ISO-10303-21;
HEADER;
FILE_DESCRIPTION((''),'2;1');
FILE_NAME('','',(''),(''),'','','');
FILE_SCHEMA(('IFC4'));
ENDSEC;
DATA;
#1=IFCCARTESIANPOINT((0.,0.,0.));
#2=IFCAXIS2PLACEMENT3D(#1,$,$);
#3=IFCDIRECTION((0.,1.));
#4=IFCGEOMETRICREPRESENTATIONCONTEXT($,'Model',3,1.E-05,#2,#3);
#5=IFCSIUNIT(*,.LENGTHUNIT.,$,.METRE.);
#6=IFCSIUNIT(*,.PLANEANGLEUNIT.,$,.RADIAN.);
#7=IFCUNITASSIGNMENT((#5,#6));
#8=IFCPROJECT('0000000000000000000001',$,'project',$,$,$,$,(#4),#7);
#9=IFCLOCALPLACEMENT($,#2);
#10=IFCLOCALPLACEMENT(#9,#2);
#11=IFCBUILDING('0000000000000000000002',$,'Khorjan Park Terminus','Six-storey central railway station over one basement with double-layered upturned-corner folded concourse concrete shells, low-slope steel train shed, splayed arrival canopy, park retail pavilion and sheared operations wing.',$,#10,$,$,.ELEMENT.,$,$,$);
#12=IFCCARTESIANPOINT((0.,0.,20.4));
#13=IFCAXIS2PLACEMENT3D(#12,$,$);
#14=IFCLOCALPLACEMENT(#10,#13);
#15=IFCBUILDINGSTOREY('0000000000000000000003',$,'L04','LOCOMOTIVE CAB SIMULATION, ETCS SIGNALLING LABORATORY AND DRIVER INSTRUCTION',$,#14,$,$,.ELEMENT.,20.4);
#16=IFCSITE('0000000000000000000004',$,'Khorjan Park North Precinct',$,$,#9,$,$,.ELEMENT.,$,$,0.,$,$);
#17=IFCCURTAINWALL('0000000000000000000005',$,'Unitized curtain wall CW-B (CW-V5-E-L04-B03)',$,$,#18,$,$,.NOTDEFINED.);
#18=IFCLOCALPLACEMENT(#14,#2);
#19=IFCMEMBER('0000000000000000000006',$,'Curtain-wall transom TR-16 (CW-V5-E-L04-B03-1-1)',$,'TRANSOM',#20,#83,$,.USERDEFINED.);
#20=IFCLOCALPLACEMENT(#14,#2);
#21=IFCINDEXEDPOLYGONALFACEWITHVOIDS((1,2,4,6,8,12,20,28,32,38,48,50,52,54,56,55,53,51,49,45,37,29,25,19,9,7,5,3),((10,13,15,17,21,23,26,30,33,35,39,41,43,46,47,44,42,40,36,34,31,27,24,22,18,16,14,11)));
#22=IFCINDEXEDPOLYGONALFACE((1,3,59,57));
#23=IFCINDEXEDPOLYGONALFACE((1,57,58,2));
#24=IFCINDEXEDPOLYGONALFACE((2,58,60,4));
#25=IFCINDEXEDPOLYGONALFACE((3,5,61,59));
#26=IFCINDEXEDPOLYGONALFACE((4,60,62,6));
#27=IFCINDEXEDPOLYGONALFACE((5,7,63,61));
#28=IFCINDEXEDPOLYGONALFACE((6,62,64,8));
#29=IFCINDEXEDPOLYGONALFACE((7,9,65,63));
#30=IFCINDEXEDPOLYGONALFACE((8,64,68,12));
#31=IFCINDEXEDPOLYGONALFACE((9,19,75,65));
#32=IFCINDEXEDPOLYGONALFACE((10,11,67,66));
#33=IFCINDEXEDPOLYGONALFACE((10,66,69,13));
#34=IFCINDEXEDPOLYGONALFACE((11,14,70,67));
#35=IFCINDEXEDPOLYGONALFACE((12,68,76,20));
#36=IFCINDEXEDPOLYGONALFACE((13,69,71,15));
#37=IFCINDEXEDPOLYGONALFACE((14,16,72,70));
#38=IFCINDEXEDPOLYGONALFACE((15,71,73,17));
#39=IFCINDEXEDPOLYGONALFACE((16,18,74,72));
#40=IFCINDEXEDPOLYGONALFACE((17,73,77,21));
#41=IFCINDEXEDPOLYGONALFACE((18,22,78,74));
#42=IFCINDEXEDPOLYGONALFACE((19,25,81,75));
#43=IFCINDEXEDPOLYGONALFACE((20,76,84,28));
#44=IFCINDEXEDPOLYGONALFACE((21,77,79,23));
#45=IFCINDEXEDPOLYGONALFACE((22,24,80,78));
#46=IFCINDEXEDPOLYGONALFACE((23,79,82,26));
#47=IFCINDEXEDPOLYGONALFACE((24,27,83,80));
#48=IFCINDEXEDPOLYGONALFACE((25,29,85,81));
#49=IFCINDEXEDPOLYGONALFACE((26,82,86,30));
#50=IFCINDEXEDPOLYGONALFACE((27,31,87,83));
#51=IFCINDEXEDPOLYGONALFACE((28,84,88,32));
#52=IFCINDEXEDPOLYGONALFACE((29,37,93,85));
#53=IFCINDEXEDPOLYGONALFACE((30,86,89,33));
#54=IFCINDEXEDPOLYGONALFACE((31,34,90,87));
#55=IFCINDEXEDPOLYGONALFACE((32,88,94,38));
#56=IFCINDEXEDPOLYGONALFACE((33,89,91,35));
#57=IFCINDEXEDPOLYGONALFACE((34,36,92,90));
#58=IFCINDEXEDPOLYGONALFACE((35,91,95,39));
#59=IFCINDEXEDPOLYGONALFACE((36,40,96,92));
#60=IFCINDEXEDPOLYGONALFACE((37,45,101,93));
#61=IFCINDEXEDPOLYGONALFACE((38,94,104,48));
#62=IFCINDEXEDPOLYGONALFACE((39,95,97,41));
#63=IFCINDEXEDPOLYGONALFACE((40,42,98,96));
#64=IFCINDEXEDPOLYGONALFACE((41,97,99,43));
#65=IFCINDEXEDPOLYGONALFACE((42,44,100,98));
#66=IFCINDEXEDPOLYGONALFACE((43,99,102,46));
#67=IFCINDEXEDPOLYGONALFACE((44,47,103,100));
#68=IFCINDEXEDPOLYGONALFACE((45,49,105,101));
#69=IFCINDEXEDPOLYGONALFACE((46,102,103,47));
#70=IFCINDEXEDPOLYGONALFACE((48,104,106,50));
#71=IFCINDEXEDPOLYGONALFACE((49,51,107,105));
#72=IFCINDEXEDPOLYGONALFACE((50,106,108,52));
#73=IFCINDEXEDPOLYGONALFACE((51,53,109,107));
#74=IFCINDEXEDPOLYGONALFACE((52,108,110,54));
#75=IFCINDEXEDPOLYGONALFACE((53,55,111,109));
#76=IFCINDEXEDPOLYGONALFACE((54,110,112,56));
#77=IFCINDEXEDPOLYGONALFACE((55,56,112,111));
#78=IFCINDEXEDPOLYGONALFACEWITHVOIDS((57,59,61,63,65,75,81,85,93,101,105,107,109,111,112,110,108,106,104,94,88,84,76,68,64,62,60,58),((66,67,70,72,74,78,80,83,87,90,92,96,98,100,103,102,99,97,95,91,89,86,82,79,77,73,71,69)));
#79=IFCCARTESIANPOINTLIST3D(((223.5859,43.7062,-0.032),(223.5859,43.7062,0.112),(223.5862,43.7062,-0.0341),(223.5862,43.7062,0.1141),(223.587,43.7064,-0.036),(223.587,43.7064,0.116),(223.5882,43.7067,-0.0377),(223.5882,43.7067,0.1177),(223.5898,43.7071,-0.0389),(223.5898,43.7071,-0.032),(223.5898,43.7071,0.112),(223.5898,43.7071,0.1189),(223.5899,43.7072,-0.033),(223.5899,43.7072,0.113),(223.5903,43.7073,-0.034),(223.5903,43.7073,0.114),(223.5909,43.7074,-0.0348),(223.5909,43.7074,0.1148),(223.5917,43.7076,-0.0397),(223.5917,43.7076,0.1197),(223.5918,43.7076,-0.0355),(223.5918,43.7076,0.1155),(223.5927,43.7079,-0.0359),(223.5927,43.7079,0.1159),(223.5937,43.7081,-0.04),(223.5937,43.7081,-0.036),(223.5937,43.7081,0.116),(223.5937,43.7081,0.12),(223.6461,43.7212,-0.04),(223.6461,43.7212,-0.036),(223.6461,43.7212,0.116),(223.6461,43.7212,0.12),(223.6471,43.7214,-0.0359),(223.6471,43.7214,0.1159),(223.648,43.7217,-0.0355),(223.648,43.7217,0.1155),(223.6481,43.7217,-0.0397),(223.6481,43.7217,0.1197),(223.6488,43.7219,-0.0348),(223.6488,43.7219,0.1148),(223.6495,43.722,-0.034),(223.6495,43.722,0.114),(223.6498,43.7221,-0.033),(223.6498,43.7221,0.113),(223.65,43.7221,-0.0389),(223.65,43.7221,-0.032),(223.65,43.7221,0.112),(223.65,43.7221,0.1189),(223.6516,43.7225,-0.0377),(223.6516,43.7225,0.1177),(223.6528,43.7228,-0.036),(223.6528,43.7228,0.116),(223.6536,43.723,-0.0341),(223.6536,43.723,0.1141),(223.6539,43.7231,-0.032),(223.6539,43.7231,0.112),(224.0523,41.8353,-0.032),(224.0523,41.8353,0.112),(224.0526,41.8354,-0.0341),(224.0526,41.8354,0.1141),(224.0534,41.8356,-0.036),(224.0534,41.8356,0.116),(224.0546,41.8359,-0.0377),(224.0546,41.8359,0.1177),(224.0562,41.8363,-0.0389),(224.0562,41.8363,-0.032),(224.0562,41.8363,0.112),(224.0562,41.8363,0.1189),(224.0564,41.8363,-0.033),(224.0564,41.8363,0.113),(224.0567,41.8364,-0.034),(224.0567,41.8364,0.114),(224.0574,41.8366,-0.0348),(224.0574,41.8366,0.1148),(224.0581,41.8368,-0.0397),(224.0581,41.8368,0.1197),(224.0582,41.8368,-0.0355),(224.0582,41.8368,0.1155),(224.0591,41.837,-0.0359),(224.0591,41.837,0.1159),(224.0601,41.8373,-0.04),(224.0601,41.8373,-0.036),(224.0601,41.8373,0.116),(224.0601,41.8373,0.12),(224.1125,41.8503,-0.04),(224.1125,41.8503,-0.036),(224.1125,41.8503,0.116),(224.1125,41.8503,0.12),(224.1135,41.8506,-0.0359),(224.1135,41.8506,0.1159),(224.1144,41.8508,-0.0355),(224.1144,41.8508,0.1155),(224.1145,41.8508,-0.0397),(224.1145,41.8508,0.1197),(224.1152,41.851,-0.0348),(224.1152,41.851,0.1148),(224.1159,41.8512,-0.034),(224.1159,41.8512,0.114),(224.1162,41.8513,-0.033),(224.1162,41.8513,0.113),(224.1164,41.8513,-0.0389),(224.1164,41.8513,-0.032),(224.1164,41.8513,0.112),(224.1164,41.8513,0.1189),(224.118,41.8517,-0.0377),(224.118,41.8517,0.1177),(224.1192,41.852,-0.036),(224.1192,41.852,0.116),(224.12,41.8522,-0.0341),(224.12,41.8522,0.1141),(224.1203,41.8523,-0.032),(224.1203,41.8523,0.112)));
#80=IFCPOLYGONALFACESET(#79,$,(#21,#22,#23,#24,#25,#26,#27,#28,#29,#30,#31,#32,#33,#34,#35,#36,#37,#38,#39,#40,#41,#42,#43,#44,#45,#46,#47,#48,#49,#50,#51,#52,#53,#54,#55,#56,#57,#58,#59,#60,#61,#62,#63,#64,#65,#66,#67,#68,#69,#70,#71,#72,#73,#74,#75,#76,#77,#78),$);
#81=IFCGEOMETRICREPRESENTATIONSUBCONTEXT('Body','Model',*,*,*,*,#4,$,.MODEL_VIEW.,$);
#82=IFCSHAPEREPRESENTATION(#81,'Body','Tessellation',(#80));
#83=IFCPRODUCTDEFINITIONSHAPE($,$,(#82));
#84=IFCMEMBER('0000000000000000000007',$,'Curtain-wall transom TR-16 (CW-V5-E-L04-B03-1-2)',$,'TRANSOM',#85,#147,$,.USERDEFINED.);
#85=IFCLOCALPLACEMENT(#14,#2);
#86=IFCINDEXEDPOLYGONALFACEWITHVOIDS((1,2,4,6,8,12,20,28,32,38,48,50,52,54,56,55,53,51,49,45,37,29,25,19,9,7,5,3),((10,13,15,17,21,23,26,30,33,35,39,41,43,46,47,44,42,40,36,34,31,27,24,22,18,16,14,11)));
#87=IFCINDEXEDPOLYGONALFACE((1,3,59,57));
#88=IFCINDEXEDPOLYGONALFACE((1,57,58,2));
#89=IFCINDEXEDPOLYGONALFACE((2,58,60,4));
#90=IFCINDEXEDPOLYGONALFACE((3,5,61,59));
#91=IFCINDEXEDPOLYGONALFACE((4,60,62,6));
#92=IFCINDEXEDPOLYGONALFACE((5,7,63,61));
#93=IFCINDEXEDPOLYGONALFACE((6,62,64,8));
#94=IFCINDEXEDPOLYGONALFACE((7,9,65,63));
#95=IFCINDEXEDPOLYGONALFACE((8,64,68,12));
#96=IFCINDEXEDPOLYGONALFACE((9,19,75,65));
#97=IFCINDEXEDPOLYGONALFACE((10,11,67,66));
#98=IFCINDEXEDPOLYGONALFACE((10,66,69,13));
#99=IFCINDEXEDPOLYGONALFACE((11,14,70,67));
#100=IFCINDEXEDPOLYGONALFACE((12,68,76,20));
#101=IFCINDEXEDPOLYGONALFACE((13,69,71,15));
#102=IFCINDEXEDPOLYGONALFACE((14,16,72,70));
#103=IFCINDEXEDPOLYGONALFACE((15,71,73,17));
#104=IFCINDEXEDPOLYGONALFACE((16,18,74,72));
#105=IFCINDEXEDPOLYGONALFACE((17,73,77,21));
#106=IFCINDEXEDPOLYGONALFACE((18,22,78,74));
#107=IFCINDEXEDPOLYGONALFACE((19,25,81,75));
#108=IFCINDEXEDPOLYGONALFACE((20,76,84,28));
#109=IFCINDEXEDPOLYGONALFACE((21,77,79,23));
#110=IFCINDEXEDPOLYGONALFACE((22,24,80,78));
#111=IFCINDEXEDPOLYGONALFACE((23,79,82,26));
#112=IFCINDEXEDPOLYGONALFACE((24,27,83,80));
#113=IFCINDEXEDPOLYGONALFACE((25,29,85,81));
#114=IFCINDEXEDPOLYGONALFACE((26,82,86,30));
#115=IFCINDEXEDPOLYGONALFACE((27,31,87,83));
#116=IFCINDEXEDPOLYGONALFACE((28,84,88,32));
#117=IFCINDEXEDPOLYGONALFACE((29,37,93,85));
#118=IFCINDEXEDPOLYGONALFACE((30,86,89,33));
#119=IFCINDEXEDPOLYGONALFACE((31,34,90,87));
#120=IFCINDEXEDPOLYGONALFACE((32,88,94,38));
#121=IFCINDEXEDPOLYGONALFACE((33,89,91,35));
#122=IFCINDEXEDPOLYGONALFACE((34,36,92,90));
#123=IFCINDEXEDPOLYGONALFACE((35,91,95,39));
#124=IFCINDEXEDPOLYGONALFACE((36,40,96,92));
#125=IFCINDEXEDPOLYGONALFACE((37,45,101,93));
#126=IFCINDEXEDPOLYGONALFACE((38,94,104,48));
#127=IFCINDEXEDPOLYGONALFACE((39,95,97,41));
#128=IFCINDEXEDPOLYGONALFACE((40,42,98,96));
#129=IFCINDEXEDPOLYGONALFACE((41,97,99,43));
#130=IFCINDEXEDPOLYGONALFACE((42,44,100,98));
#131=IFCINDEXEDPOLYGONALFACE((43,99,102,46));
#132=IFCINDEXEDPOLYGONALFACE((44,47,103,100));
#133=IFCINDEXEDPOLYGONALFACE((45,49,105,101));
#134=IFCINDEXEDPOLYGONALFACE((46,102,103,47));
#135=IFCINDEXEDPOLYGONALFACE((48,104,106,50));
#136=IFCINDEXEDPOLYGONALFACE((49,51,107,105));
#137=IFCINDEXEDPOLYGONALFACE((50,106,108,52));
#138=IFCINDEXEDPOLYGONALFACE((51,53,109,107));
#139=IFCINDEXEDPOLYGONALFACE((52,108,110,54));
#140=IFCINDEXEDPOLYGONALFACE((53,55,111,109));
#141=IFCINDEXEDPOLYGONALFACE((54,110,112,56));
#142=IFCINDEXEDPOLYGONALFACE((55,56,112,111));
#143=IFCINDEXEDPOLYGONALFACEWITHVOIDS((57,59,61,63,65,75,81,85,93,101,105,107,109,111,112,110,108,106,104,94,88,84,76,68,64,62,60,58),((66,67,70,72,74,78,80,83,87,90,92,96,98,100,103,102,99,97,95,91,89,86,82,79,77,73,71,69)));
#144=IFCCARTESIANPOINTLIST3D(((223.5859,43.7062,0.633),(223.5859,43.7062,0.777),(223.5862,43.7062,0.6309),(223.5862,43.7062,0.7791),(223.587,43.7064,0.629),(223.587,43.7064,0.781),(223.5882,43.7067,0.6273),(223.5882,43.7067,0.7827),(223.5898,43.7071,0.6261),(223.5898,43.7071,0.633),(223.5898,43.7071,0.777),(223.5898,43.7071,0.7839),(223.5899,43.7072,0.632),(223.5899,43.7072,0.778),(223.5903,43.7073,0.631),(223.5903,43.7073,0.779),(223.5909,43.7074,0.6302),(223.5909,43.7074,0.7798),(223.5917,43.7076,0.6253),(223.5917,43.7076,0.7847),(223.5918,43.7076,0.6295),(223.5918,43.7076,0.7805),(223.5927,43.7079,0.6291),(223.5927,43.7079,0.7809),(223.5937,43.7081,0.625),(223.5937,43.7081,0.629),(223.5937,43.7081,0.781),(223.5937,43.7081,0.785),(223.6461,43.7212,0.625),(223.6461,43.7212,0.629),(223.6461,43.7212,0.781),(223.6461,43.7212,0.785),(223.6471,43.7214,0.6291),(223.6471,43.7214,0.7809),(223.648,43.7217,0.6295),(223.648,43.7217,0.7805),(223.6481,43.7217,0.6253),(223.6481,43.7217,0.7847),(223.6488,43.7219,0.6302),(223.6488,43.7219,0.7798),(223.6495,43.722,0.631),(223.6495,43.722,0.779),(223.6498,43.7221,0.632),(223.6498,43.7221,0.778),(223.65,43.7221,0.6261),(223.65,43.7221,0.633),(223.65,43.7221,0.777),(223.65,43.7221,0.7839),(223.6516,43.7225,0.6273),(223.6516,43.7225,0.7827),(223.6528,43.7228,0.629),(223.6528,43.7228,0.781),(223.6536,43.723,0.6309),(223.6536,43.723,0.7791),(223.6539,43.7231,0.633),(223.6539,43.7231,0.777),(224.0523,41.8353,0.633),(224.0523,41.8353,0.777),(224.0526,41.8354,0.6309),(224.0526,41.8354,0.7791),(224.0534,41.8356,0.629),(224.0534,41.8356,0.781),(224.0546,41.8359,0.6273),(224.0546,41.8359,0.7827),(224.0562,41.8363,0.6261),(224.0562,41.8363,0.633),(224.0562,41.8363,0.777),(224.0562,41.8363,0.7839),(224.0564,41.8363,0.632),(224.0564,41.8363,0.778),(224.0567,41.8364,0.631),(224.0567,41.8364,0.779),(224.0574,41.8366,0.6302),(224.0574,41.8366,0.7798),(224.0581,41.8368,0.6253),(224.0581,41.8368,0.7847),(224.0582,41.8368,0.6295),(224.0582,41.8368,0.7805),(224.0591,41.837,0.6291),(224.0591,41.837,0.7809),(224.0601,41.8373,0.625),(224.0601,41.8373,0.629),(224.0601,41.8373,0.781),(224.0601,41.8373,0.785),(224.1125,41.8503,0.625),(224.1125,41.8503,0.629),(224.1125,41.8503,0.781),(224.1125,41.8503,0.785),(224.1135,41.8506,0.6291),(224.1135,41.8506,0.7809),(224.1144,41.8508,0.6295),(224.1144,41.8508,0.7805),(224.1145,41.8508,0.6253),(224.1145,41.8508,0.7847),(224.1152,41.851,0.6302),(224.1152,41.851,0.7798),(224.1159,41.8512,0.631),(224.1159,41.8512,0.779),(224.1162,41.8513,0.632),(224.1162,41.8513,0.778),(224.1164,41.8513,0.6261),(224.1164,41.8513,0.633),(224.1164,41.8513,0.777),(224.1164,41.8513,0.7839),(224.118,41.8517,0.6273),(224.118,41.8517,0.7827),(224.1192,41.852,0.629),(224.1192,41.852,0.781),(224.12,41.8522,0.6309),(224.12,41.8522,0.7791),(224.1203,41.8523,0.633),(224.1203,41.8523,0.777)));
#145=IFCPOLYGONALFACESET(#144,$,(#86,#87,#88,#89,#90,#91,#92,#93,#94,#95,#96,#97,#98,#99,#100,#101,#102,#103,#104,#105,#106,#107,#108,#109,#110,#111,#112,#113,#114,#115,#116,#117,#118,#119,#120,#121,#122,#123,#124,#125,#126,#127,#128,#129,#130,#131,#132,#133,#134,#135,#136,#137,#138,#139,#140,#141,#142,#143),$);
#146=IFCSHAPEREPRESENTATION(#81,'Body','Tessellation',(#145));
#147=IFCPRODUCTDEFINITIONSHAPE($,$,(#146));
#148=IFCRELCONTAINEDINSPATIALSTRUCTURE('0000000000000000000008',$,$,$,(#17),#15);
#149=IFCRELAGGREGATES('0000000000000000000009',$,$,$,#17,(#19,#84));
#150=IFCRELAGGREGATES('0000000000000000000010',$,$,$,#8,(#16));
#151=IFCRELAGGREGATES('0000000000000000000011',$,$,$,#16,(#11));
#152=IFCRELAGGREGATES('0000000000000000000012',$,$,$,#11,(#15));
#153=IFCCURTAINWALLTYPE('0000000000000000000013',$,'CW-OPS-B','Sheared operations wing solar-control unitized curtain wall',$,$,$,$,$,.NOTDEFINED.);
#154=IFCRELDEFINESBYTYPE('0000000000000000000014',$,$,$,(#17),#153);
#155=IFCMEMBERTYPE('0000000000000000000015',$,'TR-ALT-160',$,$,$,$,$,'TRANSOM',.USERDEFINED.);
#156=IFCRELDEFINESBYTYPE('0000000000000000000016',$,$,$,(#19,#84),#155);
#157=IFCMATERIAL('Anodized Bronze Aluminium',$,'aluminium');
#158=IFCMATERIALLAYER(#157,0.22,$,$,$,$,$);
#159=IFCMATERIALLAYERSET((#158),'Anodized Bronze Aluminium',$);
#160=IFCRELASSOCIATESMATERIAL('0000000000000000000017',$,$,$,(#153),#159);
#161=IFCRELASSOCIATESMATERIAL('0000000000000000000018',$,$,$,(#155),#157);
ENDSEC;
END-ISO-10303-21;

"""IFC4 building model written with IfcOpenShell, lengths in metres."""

from ifc_helpers import new_model, si_unit, direction, frame, origin, origin_2d, place, context, subcontext, project, spatial, hollow_rectangle, extrude, material, layer, layer_set, material_profile, profile_set, type_object, element, aggregate, save


model = new_model("IFC4")

# Units and contexts
model_context = context("Model", 3, precision=1e-05, world=origin(), true_north=direction((0.0, 1.0)))
body_context = subcontext(model_context, "Body", "Model", "MODEL_VIEW")
ifc_project = project(units=[si_unit("LENGTHUNIT", "METRE"), si_unit("PLANEANGLEUNIT", "RADIAN")], contexts=[model_context])

# Site, building, storey
site_placement = place(None, origin())
site = spatial("IfcSite", under=ifc_project, at=site_placement, Name="Khorjan Park North Precinct", CompositionType="ELEMENT", RefElevation=0.0)
building_placement = place(site_placement, origin())
building = spatial("IfcBuilding", under=site, at=building_placement, Name="Khorjan Park Terminus", Description="Six-storey central railway station over one basement with double-layered upturned-corner folded concourse concrete shells, low-slope steel train shed, splayed arrival canopy, park retail pavilion and sheared operations wing.", CompositionType="ELEMENT")
storey_placement = place(building_placement, frame((0.0, 0.0, 20.4)))
storey = spatial("IfcBuildingStorey", under=building, at=storey_placement, Name="L04", Description="LOCOMOTIVE CAB SIMULATION, ETCS SIGNALLING LABORATORY AND DRIVER INSTRUCTION", CompositionType="ELEMENT", Elevation=20.4)

# Curtain wall, members
ifc_material_1 = material(Name="Anodized Bronze Aluminium", Category="aluminium")
ifc_layer_1 = layer(ifc_material_1, 0.22)
ifc_layer_set_1 = layer_set([ifc_layer_1], Name="Anodized Bronze Aluminium")
curtain_wall_type = type_object("IfcCurtainWallType", Name="CW-OPS-B", Description="Sheared operations wing solar-control unitized curtain wall", PredefinedType="NOTDEFINED", material=ifc_layer_set_1)
curtain_wall_placement = place(storey_placement, origin())
curtain_wall = element("IfcCurtainWall", 1, at=curtain_wall_placement, inside=storey, type_object=curtain_wall_type, Name="Unitized curtain wall CW-B (CW-V5-E-L04-B03)", PredefinedType="NOTDEFINED")
ifc_material_profile_1 = material_profile(ifc_material_1, hollow_rectangle(XDim=0.07, YDim=0.16, WallThickness=0.004, InnerFilletRadius=0.004, OuterFilletRadius=0.008, at=origin_2d()), Name="ALT 70x160x4")
ifc_profile_set_1 = profile_set([ifc_material_profile_1], Name="Anodized Bronze Aluminium")
member_type_1 = type_object("IfcMemberType", Name="TR-ALT-160", ElementType="TRANSOM", PredefinedType="USERDEFINED", material=ifc_profile_set_1)
member_1_placement = place(storey_placement, frame((224.0863, 41.8438, 0.04), z_axis=(-0.241901, 0.970301, 0.0), x_axis=(-0.970301, -0.241901, 0.0)))
member_1 = element("IfcMember", 2, at=member_1_placement, type_object=member_type_1, Name="Curtain-wall transom TR-16 (CW-V5-E-L04-B03-1-1)", ObjectType="TRANSOM", PredefinedType="USERDEFINED", context=body_context, shape_type="SweptSolid", body=[
    extrude(hollow_rectangle(XDim=0.07, YDim=0.16, WallThickness=0.004, InnerFilletRadius=0.004, OuterFilletRadius=0.008, at=origin_2d()), origin(), (0.0, 0.0, 1.0), 1.9281),
])
member_2_placement = place(storey_placement, frame((224.0863, 41.8438, 0.705), z_axis=(-0.241901, 0.970301, 0.0), x_axis=(-0.970301, -0.241901, 0.0)))
member_2 = element("IfcMember", 3, at=member_2_placement, type_object=member_type_1, Name="Curtain-wall transom TR-16 (CW-V5-E-L04-B03-1-2)", ObjectType="TRANSOM", PredefinedType="USERDEFINED", context=body_context, shape_type="SweptSolid", body=[
    extrude(hollow_rectangle(XDim=0.07, YDim=0.16, WallThickness=0.004, InnerFilletRadius=0.004, OuterFilletRadius=0.008, at=origin_2d()), origin(), (0.0, 0.0, 1.0), 1.9281),
])
aggregate(curtain_wall, [member_1, member_2])

save(model, "model.ifc")
